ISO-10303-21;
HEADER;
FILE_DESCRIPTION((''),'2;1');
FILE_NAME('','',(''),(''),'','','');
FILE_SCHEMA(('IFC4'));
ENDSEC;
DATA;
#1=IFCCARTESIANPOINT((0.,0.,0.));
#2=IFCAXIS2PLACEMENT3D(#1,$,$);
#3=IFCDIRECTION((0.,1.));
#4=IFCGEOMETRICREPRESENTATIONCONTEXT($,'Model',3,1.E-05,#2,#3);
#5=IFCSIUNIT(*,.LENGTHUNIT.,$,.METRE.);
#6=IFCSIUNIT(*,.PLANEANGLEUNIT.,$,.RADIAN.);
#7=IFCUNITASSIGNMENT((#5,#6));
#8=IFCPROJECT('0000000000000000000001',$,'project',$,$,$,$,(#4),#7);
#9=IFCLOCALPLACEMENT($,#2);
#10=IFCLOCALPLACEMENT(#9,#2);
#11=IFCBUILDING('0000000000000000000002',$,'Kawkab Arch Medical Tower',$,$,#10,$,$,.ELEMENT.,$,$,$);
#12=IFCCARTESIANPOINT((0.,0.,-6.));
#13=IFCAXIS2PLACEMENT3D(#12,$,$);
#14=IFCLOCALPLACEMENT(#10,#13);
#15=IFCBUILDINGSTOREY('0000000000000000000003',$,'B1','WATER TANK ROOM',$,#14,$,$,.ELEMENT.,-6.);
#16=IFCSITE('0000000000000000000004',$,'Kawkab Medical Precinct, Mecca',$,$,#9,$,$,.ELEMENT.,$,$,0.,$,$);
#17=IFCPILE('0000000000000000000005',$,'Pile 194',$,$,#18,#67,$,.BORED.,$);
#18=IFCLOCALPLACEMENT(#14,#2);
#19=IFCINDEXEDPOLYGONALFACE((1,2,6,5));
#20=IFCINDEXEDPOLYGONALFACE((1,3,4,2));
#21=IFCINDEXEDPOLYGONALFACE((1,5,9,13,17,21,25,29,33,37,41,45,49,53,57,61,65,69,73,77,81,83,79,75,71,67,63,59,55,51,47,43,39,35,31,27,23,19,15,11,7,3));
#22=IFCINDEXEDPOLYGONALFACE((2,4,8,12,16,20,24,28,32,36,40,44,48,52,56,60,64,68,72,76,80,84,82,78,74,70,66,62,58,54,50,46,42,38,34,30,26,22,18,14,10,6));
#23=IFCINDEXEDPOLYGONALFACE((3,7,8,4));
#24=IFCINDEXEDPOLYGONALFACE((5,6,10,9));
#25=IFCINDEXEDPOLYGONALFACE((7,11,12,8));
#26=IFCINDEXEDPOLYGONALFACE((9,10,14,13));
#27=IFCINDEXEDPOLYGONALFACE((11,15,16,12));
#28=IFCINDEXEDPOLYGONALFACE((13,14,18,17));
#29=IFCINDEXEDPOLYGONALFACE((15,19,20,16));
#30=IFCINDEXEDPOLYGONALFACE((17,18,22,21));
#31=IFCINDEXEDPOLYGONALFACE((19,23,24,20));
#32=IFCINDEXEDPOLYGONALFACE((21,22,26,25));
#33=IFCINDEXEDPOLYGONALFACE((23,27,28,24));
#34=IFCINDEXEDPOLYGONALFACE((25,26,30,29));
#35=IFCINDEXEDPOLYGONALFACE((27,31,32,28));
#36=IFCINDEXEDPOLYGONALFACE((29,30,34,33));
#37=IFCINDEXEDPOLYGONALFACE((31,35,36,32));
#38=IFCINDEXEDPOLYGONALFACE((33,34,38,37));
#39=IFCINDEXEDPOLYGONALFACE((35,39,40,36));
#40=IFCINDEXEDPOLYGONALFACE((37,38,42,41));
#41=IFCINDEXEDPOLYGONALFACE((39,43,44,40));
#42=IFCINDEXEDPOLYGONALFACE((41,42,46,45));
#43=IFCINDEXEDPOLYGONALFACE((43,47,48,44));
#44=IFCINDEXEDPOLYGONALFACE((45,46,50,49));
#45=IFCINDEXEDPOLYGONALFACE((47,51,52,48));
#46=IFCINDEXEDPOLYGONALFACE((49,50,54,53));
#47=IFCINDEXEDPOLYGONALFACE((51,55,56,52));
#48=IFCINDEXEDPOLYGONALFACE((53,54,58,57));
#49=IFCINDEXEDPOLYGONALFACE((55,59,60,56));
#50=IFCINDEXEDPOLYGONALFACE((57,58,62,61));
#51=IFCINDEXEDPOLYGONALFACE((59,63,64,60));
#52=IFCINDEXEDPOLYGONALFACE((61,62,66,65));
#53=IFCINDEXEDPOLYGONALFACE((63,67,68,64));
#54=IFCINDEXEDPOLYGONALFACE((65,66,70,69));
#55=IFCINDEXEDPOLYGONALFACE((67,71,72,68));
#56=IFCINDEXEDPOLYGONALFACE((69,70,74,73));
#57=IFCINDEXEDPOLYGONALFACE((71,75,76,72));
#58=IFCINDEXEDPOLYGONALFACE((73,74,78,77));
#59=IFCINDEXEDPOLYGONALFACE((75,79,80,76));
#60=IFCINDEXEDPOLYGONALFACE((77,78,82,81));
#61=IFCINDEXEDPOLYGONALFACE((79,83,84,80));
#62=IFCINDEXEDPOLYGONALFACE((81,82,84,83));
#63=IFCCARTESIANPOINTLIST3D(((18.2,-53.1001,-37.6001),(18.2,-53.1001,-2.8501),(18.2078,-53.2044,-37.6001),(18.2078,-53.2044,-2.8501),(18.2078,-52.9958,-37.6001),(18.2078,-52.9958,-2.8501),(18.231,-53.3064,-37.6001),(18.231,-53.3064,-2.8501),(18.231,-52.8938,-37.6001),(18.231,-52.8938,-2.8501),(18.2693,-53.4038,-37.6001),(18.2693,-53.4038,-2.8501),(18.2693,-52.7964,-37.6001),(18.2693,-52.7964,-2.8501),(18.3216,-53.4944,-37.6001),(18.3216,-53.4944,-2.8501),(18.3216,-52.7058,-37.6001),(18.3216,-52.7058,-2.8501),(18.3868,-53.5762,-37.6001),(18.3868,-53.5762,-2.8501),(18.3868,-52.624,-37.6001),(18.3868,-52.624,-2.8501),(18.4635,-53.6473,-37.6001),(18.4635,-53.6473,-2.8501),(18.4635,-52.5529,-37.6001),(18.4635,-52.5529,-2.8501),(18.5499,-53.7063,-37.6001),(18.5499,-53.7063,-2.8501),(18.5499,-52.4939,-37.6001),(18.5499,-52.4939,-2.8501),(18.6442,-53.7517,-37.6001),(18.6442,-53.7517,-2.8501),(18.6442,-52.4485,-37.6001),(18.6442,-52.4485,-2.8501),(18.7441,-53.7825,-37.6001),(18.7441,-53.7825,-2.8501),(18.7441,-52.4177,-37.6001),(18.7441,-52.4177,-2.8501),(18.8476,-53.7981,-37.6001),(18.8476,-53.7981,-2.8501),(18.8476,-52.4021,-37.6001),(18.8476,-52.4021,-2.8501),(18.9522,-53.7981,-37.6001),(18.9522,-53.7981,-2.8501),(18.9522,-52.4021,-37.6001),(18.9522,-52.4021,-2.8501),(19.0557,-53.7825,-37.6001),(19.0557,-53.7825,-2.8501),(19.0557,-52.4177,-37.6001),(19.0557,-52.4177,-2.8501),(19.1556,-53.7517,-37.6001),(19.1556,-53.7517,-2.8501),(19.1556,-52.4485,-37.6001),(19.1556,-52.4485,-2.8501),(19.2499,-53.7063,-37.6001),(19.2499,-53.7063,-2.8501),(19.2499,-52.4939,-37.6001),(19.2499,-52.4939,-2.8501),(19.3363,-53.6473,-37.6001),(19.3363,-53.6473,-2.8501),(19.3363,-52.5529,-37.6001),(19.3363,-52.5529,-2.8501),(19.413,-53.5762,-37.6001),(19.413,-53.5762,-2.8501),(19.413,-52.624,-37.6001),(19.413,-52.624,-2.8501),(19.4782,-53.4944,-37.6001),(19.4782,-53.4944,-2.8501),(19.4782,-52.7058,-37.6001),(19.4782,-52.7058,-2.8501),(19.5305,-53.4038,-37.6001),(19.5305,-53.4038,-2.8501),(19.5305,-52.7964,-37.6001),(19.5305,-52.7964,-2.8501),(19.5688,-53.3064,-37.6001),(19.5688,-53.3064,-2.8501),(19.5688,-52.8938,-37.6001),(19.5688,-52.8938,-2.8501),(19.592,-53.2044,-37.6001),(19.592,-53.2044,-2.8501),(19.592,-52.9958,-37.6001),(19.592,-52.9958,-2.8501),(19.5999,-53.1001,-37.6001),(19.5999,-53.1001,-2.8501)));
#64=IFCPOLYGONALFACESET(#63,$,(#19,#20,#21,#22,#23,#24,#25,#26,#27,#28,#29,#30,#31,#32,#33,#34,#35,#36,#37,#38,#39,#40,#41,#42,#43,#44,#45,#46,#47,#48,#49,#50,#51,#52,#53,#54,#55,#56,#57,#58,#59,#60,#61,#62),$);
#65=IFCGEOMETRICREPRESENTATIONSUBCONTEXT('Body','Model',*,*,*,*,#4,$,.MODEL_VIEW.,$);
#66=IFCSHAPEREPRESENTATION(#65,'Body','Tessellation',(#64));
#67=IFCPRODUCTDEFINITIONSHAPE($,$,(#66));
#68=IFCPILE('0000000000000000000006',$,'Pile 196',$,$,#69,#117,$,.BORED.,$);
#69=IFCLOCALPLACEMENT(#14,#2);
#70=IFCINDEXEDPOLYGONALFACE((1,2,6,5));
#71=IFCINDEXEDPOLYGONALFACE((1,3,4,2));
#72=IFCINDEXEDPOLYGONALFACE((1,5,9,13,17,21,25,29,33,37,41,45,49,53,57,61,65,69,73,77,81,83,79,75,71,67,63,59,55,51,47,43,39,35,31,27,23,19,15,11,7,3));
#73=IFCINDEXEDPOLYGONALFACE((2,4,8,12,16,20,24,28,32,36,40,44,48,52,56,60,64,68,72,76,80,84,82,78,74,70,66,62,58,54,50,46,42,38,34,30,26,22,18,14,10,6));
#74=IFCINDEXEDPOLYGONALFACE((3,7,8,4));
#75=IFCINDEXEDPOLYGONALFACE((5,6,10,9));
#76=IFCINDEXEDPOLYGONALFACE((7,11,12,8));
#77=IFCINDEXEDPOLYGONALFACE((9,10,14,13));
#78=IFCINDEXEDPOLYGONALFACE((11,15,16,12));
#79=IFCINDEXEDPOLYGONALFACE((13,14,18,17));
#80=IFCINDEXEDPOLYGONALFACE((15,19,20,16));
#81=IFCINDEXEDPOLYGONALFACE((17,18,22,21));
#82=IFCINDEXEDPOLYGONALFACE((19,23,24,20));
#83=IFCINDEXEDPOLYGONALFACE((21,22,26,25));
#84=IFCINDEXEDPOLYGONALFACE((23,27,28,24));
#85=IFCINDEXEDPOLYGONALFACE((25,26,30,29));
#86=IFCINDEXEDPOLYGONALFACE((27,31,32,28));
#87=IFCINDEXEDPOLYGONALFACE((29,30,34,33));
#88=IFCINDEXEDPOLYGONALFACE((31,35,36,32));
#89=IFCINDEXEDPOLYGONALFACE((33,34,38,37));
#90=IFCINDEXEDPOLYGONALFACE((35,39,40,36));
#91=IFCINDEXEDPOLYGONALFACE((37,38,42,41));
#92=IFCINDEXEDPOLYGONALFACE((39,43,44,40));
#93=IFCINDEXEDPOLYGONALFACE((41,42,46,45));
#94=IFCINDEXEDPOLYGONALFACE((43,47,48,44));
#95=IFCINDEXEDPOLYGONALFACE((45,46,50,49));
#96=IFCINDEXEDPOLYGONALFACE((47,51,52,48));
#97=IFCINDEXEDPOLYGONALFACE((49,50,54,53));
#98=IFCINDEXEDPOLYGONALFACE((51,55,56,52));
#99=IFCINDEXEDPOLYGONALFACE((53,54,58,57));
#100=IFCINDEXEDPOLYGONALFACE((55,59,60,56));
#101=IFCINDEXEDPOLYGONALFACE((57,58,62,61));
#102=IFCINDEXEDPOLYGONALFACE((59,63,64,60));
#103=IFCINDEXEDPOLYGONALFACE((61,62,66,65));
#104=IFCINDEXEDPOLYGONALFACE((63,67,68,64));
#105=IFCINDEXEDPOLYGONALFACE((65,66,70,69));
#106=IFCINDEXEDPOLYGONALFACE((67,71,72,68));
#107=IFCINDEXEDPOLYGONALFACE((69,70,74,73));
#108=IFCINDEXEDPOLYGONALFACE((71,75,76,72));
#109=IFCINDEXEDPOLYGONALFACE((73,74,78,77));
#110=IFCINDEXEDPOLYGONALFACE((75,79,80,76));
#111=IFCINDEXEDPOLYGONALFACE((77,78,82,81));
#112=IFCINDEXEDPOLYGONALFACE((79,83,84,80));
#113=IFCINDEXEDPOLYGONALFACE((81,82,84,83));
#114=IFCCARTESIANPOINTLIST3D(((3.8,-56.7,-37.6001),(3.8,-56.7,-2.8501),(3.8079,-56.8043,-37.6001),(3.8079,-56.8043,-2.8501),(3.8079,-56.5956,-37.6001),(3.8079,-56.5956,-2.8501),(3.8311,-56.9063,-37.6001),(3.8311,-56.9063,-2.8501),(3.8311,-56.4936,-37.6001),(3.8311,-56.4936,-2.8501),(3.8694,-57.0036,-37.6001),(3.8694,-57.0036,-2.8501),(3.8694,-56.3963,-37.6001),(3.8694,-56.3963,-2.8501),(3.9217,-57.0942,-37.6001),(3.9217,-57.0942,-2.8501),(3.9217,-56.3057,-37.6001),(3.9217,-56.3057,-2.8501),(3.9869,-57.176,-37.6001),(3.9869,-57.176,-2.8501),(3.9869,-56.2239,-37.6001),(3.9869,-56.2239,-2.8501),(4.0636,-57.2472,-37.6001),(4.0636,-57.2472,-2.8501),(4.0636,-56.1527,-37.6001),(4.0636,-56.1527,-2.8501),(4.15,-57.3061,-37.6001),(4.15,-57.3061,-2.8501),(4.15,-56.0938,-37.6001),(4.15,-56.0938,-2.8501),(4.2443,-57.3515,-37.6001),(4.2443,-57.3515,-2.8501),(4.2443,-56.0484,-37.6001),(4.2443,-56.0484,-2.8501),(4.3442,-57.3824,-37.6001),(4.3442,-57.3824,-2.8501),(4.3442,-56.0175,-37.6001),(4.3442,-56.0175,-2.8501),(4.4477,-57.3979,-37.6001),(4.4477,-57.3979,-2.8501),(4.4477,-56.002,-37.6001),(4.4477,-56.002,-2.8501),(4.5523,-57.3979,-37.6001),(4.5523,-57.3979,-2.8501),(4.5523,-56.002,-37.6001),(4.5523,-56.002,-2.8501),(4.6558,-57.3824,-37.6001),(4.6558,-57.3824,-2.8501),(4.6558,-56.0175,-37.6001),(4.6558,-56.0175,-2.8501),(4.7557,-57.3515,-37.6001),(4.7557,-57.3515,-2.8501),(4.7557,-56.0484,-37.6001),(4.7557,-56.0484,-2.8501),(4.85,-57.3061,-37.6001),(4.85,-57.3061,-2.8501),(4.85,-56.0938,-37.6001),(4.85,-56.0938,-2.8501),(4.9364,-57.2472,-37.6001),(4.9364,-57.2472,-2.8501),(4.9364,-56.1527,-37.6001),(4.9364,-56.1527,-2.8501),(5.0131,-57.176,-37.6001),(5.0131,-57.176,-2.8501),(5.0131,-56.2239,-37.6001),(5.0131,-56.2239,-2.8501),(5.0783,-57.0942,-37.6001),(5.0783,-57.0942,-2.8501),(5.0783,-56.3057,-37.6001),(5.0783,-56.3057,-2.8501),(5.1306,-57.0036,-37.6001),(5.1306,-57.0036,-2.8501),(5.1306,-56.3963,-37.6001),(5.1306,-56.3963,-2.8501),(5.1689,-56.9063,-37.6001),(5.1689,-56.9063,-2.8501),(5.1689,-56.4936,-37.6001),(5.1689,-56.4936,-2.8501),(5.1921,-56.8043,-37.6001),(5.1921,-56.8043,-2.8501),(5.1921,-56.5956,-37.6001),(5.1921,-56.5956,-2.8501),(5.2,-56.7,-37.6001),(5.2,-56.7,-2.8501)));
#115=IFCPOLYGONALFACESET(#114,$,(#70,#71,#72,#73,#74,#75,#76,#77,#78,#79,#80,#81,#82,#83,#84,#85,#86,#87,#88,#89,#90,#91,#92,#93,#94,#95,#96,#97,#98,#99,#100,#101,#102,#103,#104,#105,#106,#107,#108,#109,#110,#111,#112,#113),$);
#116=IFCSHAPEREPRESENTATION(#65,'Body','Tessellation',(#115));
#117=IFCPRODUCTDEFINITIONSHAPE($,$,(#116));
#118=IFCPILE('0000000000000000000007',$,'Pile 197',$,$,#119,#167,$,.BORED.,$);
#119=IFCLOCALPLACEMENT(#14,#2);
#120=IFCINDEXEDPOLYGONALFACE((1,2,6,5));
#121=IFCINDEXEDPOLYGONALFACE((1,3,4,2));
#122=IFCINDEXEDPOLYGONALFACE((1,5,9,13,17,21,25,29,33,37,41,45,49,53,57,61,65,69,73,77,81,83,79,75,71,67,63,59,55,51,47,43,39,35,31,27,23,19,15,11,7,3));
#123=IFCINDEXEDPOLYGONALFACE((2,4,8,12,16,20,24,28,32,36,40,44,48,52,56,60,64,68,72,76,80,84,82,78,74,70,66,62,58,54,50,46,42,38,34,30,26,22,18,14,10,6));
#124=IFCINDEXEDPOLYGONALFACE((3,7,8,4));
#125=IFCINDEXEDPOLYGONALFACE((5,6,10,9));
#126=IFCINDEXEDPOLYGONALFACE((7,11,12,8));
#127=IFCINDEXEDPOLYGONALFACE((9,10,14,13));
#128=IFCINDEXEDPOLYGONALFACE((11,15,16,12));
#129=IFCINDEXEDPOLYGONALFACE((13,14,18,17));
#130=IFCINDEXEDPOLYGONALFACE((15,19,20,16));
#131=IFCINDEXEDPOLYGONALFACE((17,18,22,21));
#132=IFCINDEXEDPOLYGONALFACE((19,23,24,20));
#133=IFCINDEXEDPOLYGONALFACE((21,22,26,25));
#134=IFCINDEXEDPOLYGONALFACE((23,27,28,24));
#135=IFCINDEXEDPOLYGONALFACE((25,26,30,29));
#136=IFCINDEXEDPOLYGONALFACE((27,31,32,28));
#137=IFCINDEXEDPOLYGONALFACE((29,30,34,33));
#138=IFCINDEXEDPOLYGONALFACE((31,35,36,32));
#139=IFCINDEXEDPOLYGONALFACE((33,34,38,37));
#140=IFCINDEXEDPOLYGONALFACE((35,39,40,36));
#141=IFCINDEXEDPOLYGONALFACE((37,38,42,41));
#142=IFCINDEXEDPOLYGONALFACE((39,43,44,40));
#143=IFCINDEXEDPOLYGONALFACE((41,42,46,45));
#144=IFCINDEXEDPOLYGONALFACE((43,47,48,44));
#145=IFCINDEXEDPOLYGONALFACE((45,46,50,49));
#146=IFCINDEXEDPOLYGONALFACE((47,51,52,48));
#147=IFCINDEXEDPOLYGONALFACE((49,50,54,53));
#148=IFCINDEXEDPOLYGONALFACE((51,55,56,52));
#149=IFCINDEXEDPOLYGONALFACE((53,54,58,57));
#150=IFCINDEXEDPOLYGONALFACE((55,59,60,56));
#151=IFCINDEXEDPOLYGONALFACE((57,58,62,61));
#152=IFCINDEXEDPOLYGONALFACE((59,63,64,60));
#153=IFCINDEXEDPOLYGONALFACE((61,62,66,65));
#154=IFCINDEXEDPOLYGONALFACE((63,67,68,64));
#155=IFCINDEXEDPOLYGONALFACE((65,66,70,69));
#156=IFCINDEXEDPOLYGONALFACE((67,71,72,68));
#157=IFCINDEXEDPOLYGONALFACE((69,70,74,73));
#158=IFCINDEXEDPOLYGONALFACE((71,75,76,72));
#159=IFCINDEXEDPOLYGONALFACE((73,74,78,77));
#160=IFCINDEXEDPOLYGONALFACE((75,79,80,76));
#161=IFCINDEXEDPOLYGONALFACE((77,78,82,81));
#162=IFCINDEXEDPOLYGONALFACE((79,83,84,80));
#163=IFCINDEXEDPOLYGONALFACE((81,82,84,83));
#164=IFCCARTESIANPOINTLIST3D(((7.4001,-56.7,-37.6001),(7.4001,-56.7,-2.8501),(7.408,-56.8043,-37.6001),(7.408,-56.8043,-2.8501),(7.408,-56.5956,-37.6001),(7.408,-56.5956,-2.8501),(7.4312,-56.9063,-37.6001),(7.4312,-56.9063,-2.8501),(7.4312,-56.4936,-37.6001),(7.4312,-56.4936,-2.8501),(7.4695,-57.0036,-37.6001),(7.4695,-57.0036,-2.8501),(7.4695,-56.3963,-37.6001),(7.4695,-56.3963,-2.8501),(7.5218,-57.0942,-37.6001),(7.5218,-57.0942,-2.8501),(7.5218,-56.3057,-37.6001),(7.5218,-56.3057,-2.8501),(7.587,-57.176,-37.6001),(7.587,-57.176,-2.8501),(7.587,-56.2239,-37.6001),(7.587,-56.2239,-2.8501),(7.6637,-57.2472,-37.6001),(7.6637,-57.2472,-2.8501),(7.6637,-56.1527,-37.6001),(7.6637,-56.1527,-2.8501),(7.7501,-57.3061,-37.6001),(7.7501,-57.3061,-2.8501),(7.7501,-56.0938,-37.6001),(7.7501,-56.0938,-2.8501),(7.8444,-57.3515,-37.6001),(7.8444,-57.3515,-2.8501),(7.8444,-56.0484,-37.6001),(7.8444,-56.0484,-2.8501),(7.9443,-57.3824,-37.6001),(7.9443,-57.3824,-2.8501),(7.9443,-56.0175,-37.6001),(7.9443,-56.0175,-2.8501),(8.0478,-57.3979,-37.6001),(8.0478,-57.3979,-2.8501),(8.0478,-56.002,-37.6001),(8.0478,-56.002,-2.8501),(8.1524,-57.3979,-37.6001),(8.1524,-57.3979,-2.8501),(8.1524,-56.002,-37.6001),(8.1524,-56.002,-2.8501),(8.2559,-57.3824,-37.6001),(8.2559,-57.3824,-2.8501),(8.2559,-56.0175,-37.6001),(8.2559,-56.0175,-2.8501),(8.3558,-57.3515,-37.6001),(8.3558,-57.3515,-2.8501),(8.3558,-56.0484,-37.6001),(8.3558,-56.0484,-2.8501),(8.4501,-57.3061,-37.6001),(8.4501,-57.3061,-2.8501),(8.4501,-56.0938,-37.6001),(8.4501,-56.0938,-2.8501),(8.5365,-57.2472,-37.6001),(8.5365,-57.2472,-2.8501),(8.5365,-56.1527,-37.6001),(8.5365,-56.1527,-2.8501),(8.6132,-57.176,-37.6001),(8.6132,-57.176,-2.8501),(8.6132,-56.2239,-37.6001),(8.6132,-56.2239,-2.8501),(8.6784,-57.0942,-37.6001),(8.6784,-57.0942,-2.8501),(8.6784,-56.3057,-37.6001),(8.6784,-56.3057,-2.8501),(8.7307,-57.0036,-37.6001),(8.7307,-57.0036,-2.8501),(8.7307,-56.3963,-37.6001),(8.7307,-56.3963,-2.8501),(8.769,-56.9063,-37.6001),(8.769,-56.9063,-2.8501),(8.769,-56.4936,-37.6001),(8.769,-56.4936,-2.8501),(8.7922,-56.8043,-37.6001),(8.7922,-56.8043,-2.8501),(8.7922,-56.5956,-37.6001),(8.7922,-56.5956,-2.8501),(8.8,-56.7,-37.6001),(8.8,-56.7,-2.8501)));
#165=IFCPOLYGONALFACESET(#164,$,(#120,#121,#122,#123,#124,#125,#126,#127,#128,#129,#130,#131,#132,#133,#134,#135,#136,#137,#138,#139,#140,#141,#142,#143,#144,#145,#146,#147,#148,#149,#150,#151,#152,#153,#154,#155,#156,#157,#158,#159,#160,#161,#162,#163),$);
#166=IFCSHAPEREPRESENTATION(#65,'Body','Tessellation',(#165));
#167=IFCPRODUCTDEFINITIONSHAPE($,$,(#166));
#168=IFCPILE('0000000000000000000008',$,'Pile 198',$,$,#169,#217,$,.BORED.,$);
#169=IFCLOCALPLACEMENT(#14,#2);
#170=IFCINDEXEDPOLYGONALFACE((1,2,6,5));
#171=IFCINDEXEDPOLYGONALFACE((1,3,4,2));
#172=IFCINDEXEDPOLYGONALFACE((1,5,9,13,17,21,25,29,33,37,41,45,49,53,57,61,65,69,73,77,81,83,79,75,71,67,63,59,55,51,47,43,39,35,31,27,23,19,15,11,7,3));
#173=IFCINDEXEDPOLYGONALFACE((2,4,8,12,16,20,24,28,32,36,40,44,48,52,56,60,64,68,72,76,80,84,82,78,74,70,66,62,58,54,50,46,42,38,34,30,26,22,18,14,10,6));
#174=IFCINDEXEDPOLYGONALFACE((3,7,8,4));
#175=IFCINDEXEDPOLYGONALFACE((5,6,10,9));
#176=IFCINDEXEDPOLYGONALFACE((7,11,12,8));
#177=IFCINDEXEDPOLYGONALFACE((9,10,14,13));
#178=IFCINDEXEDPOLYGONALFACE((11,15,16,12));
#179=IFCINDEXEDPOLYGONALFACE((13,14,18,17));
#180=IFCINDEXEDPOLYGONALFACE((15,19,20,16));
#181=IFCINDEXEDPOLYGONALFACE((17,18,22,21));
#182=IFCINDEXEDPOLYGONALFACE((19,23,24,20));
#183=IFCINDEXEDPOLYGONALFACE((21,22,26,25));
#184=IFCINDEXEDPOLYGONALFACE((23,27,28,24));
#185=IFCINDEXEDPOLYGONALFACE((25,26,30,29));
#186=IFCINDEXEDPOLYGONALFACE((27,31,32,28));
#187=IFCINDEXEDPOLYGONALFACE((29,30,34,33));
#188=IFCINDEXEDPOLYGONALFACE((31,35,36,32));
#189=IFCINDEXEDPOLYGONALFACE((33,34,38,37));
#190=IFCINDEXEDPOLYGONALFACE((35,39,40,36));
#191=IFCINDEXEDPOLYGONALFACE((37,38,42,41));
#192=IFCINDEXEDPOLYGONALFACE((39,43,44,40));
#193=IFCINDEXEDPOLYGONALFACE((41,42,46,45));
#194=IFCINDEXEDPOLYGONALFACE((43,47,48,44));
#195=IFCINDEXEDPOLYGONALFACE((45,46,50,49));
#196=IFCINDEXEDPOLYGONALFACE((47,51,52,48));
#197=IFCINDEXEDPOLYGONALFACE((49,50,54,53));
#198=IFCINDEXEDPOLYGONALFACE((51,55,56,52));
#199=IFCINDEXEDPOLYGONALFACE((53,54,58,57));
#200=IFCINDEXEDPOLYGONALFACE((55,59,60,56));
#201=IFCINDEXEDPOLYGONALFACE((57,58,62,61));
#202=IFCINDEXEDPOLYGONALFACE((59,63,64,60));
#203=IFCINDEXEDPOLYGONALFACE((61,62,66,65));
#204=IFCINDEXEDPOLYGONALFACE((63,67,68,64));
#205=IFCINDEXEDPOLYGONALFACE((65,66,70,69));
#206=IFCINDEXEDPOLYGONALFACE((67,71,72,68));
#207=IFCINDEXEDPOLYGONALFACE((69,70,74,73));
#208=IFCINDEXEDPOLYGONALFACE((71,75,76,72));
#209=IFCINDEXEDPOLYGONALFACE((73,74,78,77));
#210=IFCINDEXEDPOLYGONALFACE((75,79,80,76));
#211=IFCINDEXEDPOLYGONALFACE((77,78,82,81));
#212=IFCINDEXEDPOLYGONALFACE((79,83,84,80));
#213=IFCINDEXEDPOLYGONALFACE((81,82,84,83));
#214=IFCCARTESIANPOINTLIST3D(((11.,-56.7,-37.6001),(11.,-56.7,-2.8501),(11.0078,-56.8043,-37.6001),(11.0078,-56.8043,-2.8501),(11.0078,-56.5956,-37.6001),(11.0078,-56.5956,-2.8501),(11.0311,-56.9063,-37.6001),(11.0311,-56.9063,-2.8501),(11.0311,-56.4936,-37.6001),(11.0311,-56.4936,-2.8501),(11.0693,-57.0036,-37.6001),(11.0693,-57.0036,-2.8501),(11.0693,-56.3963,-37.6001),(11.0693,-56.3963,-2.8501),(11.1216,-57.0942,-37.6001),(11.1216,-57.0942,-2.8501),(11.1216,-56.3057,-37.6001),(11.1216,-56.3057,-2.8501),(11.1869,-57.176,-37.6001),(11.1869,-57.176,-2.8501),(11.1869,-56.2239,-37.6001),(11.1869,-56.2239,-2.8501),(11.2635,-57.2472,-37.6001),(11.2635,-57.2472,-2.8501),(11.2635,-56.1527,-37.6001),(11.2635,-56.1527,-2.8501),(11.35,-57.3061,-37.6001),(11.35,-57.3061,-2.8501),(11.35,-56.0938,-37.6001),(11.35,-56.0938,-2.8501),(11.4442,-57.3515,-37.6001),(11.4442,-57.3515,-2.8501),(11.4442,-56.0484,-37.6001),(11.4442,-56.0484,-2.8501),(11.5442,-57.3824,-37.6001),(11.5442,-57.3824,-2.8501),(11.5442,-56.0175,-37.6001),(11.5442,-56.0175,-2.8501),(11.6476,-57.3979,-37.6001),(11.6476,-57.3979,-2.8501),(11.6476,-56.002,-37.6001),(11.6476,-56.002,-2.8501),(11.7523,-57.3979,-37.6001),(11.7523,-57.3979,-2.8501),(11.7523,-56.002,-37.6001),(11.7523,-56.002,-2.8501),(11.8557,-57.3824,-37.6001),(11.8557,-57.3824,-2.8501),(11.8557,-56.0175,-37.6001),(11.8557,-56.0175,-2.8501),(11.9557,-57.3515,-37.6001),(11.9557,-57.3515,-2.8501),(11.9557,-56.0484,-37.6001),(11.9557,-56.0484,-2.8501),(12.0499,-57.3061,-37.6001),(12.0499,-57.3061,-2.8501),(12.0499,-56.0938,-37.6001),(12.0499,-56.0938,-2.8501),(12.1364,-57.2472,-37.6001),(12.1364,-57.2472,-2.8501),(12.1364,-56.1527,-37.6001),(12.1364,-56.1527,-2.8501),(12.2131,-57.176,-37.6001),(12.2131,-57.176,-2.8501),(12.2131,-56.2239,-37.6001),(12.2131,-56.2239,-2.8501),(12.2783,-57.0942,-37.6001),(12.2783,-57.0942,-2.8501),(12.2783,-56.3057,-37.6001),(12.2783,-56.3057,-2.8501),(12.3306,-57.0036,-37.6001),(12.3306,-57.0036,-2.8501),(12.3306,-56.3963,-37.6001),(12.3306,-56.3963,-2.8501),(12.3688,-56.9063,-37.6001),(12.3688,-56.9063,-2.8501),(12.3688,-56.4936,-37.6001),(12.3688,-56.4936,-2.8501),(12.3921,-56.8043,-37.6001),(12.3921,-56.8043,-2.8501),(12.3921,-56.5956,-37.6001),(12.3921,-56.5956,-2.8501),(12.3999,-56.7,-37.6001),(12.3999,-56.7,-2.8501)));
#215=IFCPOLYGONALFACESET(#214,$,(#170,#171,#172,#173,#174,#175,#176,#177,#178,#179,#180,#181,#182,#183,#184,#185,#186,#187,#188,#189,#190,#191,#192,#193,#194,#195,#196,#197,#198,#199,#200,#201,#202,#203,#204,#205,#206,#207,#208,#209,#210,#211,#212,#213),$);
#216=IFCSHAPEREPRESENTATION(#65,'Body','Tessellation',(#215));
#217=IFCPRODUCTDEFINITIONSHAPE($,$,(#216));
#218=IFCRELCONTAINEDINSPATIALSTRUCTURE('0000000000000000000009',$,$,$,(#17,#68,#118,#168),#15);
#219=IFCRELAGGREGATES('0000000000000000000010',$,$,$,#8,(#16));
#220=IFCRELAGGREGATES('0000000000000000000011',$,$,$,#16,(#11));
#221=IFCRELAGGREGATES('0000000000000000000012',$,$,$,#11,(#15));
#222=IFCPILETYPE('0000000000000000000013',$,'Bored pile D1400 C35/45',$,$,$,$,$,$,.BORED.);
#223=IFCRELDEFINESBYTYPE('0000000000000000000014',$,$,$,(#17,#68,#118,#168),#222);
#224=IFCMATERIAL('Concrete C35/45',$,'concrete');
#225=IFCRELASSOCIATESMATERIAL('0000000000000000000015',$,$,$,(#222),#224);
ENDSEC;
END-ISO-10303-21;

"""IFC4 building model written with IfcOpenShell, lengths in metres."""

from ifc_helpers import new_model, si_unit, direction, frame, origin, origin_2d, place, context, subcontext, project, spatial, circle, extrude, material, material_profile, profile_set, type_object, element, save


model = new_model("IFC4")

# Units and contexts
model_context = context("Model", 3, precision=1e-05, world=origin(), true_north=direction((0.0, 1.0)))
body_context = subcontext(model_context, "Body", "Model", "MODEL_VIEW")
ifc_project = project(units=[si_unit("LENGTHUNIT", "METRE"), si_unit("PLANEANGLEUNIT", "RADIAN")], contexts=[model_context])

# Site, building, storey
site_placement = place(None, origin())
site = spatial("IfcSite", under=ifc_project, at=site_placement, Name="Kawkab Medical Precinct, Mecca", CompositionType="ELEMENT", RefElevation=0.0)
building_placement = place(site_placement, origin())
building = spatial("IfcBuilding", under=site, at=building_placement, Name="Kawkab Arch Medical Tower", CompositionType="ELEMENT")
storey_placement = place(building_placement, frame((0.0, 0.0, -6.0)))
storey = spatial("IfcBuildingStorey", under=building, at=storey_placement, Name="B1", Description="WATER TANK ROOM", CompositionType="ELEMENT", Elevation=-6.0)

# Piles
ifc_material_1 = material(Name="Concrete C35/45", Category="concrete")
ifc_material_profile_1 = material_profile(ifc_material_1, circle(Radius=0.7, at=origin_2d()), Name="Bored pile D1400")
ifc_profile_set_1 = profile_set([ifc_material_profile_1], Name="Concrete C35/45")
pile_type = type_object("IfcPileType", Name="Bored pile D1400 C35/45", PredefinedType="BORED", material=ifc_profile_set_1)
for number, where, z_axis, x_axis, name in (
    (1, (18.8999, -53.1001, -2.8501), (0.0, 0.0, -1.0), (1.0, 0.0, 0.0), "Pile 194"),
    (2, (4.5, -56.7, -2.8501), (0.0, 0.0, -1.0), (1.0, 0.0, 0.0), "Pile 196"),
    (3, (8.1001, -56.7, -2.8501), (0.0, 0.0, -1.0), (1.0, 0.0, 0.0), "Pile 197"),
    (4, (11.7, -56.7, -2.8501), (0.0, 0.0, -1.0), (1.0, 0.0, 0.0), "Pile 198"),
):
    element("IfcPile", number, at=place(storey_placement, frame(where, z_axis=z_axis, x_axis=x_axis)), inside=storey, type_object=pile_type, Name=name, PredefinedType="BORED", context=body_context, shape_type="SweptSolid", body=[
        extrude(circle(Radius=0.7, at=origin_2d()), origin(), (0.0, 0.0, 1.0), 34.75),
    ])

save(model, "model.ifc")
